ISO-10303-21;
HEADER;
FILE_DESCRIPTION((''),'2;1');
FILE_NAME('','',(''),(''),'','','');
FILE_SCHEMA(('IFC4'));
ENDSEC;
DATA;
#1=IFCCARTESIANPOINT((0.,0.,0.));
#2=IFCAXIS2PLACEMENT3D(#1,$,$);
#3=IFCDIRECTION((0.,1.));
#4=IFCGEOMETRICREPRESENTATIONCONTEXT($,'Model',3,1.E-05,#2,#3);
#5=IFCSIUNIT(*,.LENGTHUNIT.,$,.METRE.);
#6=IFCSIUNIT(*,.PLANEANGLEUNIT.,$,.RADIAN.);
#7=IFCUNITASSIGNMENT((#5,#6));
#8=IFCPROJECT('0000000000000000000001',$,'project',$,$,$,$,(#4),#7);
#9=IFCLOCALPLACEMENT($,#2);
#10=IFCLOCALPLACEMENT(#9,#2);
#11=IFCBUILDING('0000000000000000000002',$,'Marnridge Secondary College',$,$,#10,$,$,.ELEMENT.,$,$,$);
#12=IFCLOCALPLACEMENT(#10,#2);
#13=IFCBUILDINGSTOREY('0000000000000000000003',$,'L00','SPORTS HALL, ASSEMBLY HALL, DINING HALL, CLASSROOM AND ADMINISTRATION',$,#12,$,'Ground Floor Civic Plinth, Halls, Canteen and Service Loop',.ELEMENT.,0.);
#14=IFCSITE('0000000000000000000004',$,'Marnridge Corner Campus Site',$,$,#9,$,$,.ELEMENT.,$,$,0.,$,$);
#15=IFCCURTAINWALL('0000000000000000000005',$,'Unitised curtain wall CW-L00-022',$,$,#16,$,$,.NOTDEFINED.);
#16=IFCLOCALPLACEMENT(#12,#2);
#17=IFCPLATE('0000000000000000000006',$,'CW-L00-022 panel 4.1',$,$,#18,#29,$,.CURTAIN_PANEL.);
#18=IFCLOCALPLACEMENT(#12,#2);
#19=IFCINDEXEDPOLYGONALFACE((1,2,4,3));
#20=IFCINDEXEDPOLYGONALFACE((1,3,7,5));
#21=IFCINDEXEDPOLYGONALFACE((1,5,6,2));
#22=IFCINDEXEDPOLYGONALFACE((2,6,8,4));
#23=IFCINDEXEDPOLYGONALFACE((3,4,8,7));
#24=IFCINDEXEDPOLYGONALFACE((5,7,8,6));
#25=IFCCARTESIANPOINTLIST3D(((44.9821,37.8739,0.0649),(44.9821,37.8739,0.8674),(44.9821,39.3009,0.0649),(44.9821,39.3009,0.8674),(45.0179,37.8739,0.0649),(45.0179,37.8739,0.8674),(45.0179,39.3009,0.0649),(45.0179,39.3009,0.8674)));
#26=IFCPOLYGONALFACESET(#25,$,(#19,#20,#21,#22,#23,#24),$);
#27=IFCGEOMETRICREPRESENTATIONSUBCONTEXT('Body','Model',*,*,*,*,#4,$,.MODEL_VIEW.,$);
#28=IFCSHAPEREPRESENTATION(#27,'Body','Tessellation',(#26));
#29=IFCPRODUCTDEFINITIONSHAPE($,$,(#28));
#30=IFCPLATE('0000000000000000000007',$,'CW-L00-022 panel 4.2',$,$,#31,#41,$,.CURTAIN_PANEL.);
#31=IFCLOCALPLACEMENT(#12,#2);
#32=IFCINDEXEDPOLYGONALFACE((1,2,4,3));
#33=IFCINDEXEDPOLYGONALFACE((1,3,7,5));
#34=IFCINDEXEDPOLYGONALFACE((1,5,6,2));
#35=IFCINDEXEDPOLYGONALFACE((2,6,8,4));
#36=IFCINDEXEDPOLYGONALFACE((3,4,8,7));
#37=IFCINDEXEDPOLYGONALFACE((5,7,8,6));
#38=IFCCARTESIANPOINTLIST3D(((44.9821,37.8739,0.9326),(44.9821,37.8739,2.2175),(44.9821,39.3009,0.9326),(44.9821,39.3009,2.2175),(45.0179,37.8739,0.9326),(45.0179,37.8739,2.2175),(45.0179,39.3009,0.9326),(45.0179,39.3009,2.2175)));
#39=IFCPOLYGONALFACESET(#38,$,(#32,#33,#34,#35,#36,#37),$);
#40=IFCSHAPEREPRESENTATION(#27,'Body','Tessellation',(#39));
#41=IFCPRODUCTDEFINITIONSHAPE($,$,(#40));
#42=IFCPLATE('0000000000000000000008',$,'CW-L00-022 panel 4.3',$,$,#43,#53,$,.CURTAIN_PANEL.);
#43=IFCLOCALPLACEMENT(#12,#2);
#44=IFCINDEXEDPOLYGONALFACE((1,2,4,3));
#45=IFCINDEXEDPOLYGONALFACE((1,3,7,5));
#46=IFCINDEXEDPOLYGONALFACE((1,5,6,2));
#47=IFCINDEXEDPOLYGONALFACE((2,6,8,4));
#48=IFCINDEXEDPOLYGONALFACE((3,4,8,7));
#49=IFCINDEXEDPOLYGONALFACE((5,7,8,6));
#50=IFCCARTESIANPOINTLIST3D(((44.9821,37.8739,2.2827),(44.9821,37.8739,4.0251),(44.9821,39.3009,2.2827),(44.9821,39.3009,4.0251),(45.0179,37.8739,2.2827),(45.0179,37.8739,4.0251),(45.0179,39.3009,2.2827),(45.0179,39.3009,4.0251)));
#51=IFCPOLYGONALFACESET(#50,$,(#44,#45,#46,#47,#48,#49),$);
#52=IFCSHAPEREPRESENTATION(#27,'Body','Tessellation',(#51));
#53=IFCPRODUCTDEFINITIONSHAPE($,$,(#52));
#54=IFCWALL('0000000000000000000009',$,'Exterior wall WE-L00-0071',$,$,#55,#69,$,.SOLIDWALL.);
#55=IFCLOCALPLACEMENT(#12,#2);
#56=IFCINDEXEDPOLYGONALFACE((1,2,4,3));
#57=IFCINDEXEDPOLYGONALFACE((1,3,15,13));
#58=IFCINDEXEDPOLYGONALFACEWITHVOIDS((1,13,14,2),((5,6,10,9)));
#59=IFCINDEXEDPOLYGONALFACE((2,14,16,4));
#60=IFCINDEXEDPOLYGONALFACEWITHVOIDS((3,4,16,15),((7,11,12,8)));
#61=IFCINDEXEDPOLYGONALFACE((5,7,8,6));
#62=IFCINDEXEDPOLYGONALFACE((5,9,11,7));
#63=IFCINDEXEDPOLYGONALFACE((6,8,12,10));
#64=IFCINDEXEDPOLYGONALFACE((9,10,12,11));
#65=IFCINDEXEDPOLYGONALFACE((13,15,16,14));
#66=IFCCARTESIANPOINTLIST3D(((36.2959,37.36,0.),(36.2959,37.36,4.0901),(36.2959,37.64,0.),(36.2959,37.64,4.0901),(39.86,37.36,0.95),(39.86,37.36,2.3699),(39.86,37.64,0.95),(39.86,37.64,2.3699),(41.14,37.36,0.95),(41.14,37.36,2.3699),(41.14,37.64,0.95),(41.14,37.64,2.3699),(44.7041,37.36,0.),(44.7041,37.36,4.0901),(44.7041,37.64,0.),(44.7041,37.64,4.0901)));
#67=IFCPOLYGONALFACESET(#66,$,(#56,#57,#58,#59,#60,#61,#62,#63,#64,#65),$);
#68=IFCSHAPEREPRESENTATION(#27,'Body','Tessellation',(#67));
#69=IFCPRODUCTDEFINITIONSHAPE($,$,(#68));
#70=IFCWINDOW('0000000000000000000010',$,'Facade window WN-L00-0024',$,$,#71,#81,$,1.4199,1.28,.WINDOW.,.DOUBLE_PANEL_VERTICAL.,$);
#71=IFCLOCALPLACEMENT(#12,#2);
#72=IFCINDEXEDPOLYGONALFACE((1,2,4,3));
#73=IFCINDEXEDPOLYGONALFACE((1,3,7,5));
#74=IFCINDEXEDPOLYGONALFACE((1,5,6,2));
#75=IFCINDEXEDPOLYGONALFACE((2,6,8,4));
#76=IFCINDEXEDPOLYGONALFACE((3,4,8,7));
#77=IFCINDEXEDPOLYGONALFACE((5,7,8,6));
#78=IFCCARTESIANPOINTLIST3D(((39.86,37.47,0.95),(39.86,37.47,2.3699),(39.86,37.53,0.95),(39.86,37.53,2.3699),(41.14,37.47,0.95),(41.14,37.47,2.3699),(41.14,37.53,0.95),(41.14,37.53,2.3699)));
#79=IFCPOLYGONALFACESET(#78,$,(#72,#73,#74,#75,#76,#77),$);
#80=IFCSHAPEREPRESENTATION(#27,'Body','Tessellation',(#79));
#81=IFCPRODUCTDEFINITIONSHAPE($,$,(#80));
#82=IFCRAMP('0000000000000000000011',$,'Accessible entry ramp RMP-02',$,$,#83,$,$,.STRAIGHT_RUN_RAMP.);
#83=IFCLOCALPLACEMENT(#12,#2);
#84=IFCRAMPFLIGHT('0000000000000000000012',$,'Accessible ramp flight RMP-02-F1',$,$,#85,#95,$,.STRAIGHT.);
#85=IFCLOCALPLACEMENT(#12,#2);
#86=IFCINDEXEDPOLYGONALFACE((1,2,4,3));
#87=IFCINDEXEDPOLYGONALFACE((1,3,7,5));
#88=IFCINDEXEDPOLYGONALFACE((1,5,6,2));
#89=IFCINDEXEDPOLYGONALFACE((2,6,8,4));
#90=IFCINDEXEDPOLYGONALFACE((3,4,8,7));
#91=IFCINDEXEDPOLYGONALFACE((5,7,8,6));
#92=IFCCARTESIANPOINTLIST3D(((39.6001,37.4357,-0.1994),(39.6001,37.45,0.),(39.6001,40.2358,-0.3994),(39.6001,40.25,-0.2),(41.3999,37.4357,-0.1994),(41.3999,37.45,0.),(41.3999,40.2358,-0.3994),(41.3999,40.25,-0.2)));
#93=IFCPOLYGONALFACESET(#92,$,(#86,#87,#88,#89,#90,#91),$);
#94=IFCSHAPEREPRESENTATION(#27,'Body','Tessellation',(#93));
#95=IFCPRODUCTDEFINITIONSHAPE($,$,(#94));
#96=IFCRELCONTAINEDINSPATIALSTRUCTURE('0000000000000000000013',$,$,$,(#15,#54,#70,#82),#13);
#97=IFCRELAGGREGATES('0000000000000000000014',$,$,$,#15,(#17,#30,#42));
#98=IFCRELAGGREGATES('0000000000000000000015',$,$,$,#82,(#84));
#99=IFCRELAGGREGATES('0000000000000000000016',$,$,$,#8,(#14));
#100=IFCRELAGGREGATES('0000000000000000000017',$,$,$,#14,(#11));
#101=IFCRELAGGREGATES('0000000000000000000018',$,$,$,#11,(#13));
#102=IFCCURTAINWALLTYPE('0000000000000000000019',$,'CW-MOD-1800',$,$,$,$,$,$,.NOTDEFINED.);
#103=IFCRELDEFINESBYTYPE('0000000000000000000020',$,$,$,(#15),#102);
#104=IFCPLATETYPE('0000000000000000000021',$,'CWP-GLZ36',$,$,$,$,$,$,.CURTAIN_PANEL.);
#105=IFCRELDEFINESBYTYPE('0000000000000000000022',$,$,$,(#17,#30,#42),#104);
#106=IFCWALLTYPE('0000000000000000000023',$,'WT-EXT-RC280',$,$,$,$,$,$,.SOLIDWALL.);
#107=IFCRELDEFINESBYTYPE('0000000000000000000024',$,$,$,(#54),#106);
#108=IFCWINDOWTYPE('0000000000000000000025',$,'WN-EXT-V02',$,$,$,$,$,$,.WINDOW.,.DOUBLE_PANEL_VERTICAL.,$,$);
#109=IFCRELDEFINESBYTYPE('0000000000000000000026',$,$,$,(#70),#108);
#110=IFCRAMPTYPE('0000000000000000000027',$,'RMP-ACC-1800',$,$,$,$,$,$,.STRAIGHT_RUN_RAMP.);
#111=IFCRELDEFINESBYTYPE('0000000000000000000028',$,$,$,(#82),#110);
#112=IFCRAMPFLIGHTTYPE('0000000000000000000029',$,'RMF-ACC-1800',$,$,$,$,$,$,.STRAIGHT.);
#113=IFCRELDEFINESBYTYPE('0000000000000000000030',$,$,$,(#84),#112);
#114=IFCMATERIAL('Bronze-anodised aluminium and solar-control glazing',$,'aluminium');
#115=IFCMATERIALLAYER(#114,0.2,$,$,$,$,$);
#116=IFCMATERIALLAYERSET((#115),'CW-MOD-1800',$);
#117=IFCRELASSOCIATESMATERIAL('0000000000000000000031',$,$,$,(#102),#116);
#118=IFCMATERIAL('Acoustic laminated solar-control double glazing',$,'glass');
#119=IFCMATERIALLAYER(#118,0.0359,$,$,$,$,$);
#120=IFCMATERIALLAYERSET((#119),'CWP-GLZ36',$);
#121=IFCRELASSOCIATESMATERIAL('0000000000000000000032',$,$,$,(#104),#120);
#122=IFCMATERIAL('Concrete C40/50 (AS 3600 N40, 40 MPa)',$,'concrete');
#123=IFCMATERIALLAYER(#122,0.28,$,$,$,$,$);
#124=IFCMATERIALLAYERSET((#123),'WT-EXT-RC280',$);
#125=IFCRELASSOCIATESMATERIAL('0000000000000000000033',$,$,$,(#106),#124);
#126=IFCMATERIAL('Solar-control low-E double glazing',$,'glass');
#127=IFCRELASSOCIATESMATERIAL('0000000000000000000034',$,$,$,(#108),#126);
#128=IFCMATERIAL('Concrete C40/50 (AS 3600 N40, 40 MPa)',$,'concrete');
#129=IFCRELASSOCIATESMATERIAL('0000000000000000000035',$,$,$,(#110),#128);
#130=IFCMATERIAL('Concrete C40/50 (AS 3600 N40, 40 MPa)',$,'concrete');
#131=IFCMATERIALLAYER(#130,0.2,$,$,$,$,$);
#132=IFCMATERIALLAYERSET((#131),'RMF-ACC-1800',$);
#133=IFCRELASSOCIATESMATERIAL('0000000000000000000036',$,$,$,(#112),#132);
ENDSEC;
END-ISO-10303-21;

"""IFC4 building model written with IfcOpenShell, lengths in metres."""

from ifc_helpers import new_model, si_unit, direction, frame, frame_2d, origin, origin_2d, place, context, subcontext, project, spatial, polyline, rectangle, outline, extrude, material, layer, layer_set, type_object, element, fill, aggregate, save


model = new_model("IFC4")

# Units and contexts
model_context = context("Model", 3, precision=1e-05, world=origin(), true_north=direction((0.0, 1.0)))
body_context = subcontext(model_context, "Body", "Model", "MODEL_VIEW")
ifc_project = project(units=[si_unit("LENGTHUNIT", "METRE"), si_unit("PLANEANGLEUNIT", "RADIAN")], contexts=[model_context])

# Site, building, storey
site_placement = place(None, origin())
site = spatial("IfcSite", under=ifc_project, at=site_placement, Name="Marnridge Corner Campus Site", CompositionType="ELEMENT", RefElevation=0.0)
building_placement = place(site_placement, origin())
building = spatial("IfcBuilding", under=site, at=building_placement, Name="Marnridge Secondary College", CompositionType="ELEMENT")
storey_placement = place(building_placement, origin())
storey = spatial("IfcBuildingStorey", under=building, at=storey_placement, Name="L00", Description="SPORTS HALL, ASSEMBLY HALL, DINING HALL, CLASSROOM AND ADMINISTRATION", LongName="Ground Floor Civic Plinth, Halls, Canteen and Service Loop", CompositionType="ELEMENT", Elevation=0.0)

# Curtain wall, plates
ifc_material_1 = material(Name="Bronze-anodised aluminium and solar-control glazing", Category="aluminium")
ifc_layer_1 = layer(ifc_material_1, 0.2)
ifc_layer_set_1 = layer_set([ifc_layer_1], Name="CW-MOD-1800")
curtain_wall_type = type_object("IfcCurtainWallType", Name="CW-MOD-1800", PredefinedType="NOTDEFINED", material=ifc_layer_set_1)
curtain_wall_placement = place(storey_placement, origin())
curtain_wall = element("IfcCurtainWall", 1, at=curtain_wall_placement, inside=storey, type_object=curtain_wall_type, Name="Unitised curtain wall CW-L00-022", PredefinedType="NOTDEFINED")
ifc_material_2 = material(Name="Acoustic laminated solar-control double glazing", Category="glass")
ifc_layer_2 = layer(ifc_material_2, 0.0359)
ifc_layer_set_2 = layer_set([ifc_layer_2], Name="CWP-GLZ36")
plate_type = type_object("IfcPlateType", Name="CWP-GLZ36", PredefinedType="CURTAIN_PANEL", material=ifc_layer_set_2)
plate_1_placement = place(storey_placement, frame((45.0, 38.5874, 0.0649), z_axis=(0.0, 0.0, 1.0), x_axis=(0.0, -1.0, 0.0)))
plate_1 = element("IfcPlate", 2, at=plate_1_placement, type_object=plate_type, Name="CW-L00-022 panel 4.1", PredefinedType="CURTAIN_PANEL", context=body_context, shape_type="SweptSolid", body=[
    extrude(rectangle(XDim=1.427, YDim=0.0359, at=origin_2d()), origin(), (0.0, 0.0, 1.0), 0.8025),
])
plate_2_placement = place(storey_placement, frame((45.0, 38.5874, 0.9326), z_axis=(0.0, 0.0, 1.0), x_axis=(0.0, -1.0, 0.0)))
plate_2 = element("IfcPlate", 3, at=plate_2_placement, type_object=plate_type, Name="CW-L00-022 panel 4.2", PredefinedType="CURTAIN_PANEL", context=body_context, shape_type="SweptSolid", body=[
    extrude(rectangle(XDim=1.427, YDim=0.0359, at=origin_2d()), origin(), (0.0, 0.0, 1.0), 1.2849),
])
plate_3_placement = place(storey_placement, frame((45.0, 38.5874, 2.2827), z_axis=(0.0, 0.0, 1.0), x_axis=(0.0, -1.0, 0.0)))
plate_3 = element("IfcPlate", 4, at=plate_3_placement, type_object=plate_type, Name="CW-L00-022 panel 4.3", PredefinedType="CURTAIN_PANEL", context=body_context, shape_type="SweptSolid", body=[
    extrude(rectangle(XDim=1.427, YDim=0.0359, at=origin_2d()), origin(), (0.0, 0.0, 1.0), 1.7424),
])
aggregate(curtain_wall, [plate_1, plate_2, plate_3])

# Wall, opening, window
ifc_material_3 = material(Name="Concrete C40/50 (AS 3600 N40, 40 MPa)", Category="concrete")
ifc_layer_3 = layer(ifc_material_3, 0.28)
ifc_layer_set_3 = layer_set([ifc_layer_3], Name="WT-EXT-RC280")
wall_type = type_object("IfcWallType", Name="WT-EXT-RC280", PredefinedType="SOLIDWALL", material=ifc_layer_set_3)
wall_placement = place(storey_placement, frame((44.7041, 37.5, 0.0), z_axis=(0.0, 0.0, 1.0), x_axis=(-1.0, 0.0, 0.0)))
wall = element("IfcWall", 5, at=wall_placement, inside=storey, type_object=wall_type, Name="Exterior wall WE-L00-0071", PredefinedType="SOLIDWALL", context=body_context, shape_type="SweptSolid", body=[
    extrude(rectangle(XDim=8.4082, YDim=0.28, at=frame_2d((4.2041, 0.0))), origin(), (0.0, 0.0, 1.0), 4.0901),
])
opening_placement = place(wall_placement, frame((3.564, 0.0, 0.95)))
opening = element("IfcOpeningElement", 6, at=opening_placement, cuts=wall, PredefinedType="OPENING", context=body_context, shape_type="SweptSolid", body=[
    extrude(rectangle(XDim=1.28, YDim=1.4199, at=frame_2d((0.6401, 0.71))), frame((0.0, 0.1499, 0.0), z_axis=(0.0, -1.0, 0.0), x_axis=(1.0, 0.0, 0.0)), (0.0, 0.0, 1.0), 0.3),
])
ifc_material_4 = material(Name="Solar-control low-E double glazing", Category="glass")
window_type = type_object("IfcWindowType", Name="WN-EXT-V02", PartitioningType="DOUBLE_PANEL_VERTICAL", PredefinedType="WINDOW", material=ifc_material_4)
window_placement = place(opening_placement, origin())
window = element("IfcWindow", 7, at=window_placement, inside=storey, type_object=window_type, Name="Facade window WN-L00-0024", OverallHeight=1.4199, OverallWidth=1.28, PartitioningType="DOUBLE_PANEL_VERTICAL", PredefinedType="WINDOW", context=body_context, shape_type="SweptSolid", body=[
    extrude(rectangle(XDim=1.28, YDim=1.4199, at=frame_2d((0.6401, 0.71))), frame((0.0, 0.03, 0.0), z_axis=(0.0, -1.0, 0.0), x_axis=(1.0, 0.0, 0.0)), (0.0, 0.0, 1.0), 0.0601),
])
fill(opening, window)

# Ramp, ramp flight
ifc_material_5 = material(Name="Concrete C40/50 (AS 3600 N40, 40 MPa)", Category="concrete")
ramp_type = type_object("IfcRampType", Name="RMP-ACC-1800", PredefinedType="STRAIGHT_RUN_RAMP", material=ifc_material_5)
ramp_placement = place(storey_placement, origin())
ramp = element("IfcRamp", 8, at=ramp_placement, inside=storey, type_object=ramp_type, Name="Accessible entry ramp RMP-02", PredefinedType="STRAIGHT_RUN_RAMP")
ifc_material_6 = material(Name="Concrete C40/50 (AS 3600 N40, 40 MPa)", Category="concrete")
ifc_layer_4 = layer(ifc_material_6, 0.2)
ifc_layer_set_4 = layer_set([ifc_layer_4], Name="RMF-ACC-1800")
ramp_flight_type = type_object("IfcRampFlightType", Name="RMF-ACC-1800", PredefinedType="STRAIGHT", material=ifc_layer_set_4)
ramp_flight_placement = place(storey_placement, frame((41.3999, 40.25, -0.2), z_axis=(0.0, 0.071229, 0.99746), x_axis=(-1.0, 0.0, 0.0)))
ramp_flight = element("IfcRampFlight", 9, at=ramp_flight_placement, type_object=ramp_flight_type, Name="Accessible ramp flight RMP-02-F1", PredefinedType="STRAIGHT", context=body_context, shape_type="SweptSolid", body=[
    extrude(outline(polyline([(0.0, 0.0), (1.7998, 0.0), (1.7998, 2.8072), (0.0, 2.8072), (0.0, 0.0)])), origin(), (0.0, 0.0, -1.0), 0.2),
])
aggregate(ramp, [ramp_flight])

save(model, "model.ifc")
